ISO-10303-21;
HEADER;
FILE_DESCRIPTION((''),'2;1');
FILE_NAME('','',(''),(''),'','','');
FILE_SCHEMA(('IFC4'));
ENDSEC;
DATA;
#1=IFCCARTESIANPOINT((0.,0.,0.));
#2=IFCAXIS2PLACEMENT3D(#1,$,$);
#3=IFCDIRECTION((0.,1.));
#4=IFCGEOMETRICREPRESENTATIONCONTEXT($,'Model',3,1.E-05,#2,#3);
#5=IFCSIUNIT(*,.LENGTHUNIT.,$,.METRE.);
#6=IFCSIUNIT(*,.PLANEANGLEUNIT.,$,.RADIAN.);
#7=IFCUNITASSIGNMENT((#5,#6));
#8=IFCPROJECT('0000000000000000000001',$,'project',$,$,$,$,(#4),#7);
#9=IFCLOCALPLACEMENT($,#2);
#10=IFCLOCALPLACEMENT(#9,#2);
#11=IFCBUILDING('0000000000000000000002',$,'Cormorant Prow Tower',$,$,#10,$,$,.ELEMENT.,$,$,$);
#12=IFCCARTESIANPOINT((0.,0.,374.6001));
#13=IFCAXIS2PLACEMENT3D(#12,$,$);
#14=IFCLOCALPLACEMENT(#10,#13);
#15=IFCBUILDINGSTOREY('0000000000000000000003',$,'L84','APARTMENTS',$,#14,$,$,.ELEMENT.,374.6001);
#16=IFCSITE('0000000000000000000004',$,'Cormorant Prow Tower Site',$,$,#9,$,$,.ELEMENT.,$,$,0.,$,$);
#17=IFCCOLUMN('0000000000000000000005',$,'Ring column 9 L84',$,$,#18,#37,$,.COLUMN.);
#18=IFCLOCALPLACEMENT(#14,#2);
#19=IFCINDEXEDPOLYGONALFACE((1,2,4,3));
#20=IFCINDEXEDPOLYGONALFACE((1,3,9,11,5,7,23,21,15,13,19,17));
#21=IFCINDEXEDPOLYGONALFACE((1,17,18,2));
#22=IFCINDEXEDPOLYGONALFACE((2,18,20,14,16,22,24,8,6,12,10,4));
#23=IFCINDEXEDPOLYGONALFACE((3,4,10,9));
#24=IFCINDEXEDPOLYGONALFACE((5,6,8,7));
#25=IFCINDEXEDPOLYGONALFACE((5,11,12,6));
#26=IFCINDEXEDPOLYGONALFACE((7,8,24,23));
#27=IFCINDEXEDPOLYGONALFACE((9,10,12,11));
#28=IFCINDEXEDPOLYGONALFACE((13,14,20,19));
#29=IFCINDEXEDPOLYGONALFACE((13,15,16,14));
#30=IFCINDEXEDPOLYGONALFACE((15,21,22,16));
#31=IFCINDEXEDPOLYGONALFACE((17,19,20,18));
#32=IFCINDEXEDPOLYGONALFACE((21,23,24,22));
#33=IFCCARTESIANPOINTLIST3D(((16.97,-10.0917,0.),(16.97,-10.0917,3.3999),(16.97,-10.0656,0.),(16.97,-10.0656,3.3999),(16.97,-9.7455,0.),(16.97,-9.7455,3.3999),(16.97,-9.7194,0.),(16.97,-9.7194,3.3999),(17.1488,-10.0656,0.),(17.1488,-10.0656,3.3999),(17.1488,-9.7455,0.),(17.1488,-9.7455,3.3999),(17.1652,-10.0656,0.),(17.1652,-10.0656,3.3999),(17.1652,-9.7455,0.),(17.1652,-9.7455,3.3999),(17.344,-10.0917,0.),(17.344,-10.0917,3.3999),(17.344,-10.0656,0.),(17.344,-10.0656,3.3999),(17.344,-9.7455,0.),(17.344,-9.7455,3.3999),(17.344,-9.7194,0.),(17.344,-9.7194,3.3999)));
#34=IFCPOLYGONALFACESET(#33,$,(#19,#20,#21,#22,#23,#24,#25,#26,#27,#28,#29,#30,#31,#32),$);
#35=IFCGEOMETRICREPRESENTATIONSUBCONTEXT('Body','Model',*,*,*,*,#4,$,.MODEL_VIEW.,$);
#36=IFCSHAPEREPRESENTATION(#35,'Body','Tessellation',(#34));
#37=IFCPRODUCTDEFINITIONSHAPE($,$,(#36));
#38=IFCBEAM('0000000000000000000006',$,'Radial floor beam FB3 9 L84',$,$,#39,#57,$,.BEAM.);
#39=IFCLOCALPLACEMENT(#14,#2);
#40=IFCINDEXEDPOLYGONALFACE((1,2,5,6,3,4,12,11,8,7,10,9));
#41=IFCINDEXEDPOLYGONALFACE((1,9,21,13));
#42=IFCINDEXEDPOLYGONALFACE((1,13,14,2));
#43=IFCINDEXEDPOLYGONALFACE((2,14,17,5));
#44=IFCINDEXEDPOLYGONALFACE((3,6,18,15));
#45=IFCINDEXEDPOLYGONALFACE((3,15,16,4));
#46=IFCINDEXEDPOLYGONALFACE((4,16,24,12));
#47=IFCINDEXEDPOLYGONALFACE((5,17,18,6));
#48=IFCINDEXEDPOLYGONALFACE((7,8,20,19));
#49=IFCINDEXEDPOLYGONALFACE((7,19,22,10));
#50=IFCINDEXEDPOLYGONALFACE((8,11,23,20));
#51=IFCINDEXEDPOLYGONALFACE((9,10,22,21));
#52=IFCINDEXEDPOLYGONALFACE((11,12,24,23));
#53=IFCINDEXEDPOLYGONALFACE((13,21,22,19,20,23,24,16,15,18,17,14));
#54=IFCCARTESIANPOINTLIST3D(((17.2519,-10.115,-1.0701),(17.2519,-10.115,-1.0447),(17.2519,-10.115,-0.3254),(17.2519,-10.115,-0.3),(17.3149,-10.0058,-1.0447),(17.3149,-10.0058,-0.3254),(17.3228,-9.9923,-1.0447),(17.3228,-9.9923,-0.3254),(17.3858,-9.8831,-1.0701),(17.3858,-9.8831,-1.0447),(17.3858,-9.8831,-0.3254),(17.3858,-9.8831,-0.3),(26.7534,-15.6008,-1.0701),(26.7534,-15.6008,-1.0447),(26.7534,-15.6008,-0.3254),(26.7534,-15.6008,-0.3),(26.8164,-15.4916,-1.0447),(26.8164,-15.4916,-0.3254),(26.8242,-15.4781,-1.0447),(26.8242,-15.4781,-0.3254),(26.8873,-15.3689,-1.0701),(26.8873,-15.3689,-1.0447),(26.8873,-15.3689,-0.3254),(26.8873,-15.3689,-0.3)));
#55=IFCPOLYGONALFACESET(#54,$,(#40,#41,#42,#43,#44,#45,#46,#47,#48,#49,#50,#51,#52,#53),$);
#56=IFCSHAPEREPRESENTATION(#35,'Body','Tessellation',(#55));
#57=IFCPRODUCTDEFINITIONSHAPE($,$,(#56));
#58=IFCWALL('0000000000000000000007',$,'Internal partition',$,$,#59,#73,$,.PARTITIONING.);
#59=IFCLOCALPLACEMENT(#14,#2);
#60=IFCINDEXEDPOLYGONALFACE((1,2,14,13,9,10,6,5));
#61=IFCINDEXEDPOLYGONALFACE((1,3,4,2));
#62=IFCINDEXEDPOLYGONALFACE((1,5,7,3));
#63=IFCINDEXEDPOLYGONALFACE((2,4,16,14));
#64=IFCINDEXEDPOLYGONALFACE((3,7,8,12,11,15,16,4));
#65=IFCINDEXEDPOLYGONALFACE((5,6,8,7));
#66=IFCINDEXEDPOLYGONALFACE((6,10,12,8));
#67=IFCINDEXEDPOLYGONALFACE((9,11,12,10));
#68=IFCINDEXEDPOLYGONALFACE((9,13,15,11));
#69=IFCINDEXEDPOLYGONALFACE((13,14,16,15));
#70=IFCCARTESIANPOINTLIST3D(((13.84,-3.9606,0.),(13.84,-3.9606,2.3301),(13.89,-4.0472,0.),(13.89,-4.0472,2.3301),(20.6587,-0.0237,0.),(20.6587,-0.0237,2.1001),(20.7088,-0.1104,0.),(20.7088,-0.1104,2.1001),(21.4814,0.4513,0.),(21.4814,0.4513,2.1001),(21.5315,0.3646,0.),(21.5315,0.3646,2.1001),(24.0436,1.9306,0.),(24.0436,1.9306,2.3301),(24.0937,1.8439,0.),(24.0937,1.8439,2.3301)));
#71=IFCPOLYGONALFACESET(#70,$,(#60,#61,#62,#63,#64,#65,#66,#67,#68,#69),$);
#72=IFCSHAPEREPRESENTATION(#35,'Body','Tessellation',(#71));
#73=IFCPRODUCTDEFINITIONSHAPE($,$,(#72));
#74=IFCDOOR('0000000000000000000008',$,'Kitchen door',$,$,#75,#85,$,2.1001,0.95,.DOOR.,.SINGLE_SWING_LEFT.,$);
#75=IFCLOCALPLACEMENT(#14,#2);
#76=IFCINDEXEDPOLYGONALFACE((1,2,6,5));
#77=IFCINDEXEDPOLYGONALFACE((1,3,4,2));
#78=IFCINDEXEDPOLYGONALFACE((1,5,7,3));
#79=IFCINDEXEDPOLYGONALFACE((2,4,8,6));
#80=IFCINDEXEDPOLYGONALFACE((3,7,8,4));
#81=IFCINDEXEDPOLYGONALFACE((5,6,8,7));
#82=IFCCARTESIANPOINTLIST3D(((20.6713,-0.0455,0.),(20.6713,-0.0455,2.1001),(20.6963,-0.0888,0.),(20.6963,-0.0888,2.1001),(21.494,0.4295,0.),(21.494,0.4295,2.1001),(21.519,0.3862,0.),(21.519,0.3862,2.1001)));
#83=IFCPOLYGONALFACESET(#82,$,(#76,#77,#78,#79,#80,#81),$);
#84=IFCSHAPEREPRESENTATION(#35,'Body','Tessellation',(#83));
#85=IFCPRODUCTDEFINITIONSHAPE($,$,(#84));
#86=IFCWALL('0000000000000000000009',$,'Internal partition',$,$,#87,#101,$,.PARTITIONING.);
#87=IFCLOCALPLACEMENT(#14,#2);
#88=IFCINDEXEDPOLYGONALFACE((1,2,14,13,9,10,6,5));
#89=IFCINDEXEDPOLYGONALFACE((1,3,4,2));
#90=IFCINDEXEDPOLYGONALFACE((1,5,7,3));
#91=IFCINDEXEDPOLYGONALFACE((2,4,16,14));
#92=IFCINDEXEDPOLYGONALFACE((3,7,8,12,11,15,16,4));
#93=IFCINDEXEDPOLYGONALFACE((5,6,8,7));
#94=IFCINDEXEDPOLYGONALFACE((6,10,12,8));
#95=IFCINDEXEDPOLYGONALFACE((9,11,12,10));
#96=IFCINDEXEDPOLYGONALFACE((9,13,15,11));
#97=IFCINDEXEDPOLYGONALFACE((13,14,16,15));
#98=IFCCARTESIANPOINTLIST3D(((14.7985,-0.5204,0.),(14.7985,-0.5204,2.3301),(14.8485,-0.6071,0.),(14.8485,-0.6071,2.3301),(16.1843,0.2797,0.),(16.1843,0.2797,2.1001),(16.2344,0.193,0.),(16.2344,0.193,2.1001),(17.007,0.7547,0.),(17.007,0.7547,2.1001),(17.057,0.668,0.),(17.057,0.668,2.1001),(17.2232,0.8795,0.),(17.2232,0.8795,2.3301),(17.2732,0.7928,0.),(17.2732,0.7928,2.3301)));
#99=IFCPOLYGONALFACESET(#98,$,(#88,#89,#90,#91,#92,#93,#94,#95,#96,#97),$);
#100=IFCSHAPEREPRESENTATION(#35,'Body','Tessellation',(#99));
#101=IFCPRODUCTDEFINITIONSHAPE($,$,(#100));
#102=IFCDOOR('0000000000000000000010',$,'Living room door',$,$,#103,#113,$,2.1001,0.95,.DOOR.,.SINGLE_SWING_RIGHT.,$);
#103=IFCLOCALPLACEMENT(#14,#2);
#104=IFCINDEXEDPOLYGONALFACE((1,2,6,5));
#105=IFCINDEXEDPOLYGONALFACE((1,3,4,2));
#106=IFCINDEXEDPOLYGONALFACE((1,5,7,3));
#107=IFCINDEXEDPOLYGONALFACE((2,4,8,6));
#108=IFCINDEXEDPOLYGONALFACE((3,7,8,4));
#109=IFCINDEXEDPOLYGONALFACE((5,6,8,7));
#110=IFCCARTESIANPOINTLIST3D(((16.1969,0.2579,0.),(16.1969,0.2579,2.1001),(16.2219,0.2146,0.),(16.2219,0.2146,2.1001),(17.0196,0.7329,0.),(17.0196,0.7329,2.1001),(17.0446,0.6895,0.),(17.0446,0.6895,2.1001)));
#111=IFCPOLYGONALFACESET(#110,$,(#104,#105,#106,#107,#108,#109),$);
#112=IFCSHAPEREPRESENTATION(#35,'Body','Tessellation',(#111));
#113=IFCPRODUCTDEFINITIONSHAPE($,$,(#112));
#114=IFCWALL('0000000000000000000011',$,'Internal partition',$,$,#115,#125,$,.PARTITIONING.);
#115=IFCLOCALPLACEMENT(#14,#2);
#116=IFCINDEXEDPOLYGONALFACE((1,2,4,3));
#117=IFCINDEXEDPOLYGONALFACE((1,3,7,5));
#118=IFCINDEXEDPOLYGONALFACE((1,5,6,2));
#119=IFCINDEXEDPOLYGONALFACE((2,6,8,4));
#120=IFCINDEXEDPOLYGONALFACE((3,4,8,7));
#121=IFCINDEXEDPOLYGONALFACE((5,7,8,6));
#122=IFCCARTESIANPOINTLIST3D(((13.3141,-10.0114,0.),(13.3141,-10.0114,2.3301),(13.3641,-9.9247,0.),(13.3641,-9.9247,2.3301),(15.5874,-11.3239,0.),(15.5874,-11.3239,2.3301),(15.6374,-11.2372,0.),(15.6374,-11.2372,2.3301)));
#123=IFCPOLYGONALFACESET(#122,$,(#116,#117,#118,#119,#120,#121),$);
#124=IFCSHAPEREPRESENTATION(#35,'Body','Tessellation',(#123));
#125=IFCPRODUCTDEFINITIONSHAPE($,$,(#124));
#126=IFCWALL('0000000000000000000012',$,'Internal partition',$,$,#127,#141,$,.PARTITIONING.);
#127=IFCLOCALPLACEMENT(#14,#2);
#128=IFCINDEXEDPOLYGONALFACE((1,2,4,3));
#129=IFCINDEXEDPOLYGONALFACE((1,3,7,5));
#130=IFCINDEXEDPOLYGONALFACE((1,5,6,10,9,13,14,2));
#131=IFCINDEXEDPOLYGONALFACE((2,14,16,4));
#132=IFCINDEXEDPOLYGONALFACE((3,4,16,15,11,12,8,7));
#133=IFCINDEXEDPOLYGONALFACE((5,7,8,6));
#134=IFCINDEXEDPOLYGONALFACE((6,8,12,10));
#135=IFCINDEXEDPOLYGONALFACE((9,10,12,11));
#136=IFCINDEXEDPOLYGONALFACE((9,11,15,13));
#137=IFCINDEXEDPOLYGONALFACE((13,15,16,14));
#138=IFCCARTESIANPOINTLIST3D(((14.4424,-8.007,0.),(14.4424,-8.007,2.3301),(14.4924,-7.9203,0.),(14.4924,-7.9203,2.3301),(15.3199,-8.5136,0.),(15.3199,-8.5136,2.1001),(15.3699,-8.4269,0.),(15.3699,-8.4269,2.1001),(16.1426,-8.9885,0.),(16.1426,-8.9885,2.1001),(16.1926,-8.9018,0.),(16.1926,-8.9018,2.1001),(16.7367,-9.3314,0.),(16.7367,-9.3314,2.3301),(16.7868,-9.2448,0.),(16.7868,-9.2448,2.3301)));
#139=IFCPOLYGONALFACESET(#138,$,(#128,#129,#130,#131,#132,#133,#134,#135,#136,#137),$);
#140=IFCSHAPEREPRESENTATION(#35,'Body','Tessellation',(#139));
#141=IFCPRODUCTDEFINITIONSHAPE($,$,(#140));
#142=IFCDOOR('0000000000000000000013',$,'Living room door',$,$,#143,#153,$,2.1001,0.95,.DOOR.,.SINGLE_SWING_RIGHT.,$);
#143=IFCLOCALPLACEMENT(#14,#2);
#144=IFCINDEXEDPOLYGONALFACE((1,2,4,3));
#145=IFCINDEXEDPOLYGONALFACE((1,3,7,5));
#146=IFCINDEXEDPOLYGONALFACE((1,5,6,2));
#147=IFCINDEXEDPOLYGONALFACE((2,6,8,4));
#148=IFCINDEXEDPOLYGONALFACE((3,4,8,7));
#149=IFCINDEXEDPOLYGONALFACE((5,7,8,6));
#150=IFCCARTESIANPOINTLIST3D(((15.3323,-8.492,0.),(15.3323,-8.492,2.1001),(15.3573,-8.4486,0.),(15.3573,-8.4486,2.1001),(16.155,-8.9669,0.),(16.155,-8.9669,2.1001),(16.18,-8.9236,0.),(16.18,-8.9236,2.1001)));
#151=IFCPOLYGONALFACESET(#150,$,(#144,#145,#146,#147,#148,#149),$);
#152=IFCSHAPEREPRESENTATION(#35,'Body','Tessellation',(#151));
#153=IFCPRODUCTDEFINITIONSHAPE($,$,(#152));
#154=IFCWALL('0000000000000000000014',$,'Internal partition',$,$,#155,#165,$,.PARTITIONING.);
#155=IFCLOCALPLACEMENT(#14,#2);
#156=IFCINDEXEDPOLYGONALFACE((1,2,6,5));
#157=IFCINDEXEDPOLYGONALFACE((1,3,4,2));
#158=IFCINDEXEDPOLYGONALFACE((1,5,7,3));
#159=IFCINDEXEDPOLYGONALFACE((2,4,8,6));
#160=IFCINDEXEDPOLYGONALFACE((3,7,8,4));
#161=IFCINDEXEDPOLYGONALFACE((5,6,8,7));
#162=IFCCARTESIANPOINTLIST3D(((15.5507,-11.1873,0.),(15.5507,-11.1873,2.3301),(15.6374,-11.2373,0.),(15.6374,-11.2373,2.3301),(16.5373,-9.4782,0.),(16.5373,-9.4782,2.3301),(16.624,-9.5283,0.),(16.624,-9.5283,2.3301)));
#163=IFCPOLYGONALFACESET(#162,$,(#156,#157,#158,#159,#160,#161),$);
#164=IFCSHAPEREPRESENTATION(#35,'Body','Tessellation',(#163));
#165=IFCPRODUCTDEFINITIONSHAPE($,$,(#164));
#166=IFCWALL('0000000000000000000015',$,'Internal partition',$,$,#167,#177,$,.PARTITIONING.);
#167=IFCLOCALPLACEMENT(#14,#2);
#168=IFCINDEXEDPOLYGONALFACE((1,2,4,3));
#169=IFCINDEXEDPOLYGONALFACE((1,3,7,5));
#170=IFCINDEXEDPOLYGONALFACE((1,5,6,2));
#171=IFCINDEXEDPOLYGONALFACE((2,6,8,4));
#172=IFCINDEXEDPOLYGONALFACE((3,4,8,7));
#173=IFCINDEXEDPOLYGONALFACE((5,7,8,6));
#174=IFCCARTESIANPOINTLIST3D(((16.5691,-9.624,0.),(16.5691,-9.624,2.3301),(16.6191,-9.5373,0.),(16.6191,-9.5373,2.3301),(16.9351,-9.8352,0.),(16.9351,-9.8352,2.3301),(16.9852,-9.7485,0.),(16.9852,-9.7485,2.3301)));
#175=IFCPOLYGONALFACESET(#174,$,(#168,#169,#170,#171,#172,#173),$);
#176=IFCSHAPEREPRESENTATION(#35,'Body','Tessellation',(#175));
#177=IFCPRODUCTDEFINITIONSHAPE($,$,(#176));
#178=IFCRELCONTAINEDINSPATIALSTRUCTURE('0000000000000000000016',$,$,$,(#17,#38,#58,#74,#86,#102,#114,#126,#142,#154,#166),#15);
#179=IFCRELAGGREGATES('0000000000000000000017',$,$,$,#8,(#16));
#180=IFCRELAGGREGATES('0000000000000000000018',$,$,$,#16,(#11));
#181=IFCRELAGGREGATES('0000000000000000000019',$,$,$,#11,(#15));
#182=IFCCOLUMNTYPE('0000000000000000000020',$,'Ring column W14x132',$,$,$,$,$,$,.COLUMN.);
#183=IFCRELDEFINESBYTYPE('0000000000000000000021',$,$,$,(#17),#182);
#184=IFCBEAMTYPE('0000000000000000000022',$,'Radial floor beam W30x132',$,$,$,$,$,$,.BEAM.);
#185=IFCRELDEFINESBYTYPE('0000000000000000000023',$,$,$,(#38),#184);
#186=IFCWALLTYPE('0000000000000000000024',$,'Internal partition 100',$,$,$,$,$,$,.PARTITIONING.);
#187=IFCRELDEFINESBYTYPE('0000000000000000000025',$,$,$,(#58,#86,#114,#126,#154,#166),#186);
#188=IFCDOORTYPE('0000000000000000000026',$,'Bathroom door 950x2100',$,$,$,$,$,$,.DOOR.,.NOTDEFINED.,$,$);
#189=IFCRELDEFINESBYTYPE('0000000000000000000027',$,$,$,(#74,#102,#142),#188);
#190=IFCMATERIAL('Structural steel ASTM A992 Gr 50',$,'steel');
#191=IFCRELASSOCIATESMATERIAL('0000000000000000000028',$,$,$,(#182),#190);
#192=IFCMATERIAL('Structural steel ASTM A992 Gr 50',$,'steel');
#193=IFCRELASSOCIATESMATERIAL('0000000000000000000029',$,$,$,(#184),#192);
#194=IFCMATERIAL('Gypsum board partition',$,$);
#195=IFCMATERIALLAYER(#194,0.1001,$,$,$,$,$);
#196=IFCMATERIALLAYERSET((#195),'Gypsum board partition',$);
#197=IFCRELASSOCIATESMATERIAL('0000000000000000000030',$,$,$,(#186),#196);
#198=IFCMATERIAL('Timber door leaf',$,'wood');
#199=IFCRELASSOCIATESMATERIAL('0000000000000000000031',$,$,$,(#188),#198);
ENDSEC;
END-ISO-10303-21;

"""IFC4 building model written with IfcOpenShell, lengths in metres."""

from ifc_helpers import new_model, si_unit, direction, frame, frame_2d, origin, origin_2d, place, context, subcontext, project, spatial, rectangle, i_section, extrude, material, layer, layer_set, material_profile, profile_set, type_object, element, fill, save


model = new_model("IFC4")

# Units and contexts
model_context = context("Model", 3, precision=1e-05, world=origin(), true_north=direction((0.0, 1.0)))
body_context = subcontext(model_context, "Body", "Model", "MODEL_VIEW")
ifc_project = project(units=[si_unit("LENGTHUNIT", "METRE"), si_unit("PLANEANGLEUNIT", "RADIAN")], contexts=[model_context])

# Site, building, storey
site_placement = place(None, origin())
site = spatial("IfcSite", under=ifc_project, at=site_placement, Name="Cormorant Prow Tower Site", CompositionType="ELEMENT", RefElevation=0.0)
building_placement = place(site_placement, origin())
building = spatial("IfcBuilding", under=site, at=building_placement, Name="Cormorant Prow Tower", CompositionType="ELEMENT")
storey_placement = place(building_placement, frame((0.0, 0.0, 374.6001)))
storey = spatial("IfcBuildingStorey", under=building, at=storey_placement, Name="L84", Description="APARTMENTS", CompositionType="ELEMENT", Elevation=374.6001)

# Column
ifc_material_1 = material(Name="Structural steel ASTM A992 Gr 50", Category="steel")
ifc_material_profile_1 = material_profile(ifc_material_1, i_section(OverallWidth=0.374, OverallDepth=0.3723, WebThickness=0.0164, FlangeThickness=0.0261, at=origin_2d()), Name="W14x132")
ifc_profile_set_1 = profile_set([ifc_material_profile_1], Name="Structural steel ASTM A992 Gr 50")
column_type = type_object("IfcColumnType", Name="Ring column W14x132", PredefinedType="COLUMN", material=ifc_profile_set_1)
column_placement = place(storey_placement, frame((17.157, -9.9055, 0.0), z_axis=(0.0, 0.0, 1.0), x_axis=(1.0, 0.0, 0.0)))
element("IfcColumn", 1, at=column_placement, inside=storey, type_object=column_type, Name="Ring column 9 L84", PredefinedType="COLUMN", context=body_context, shape_type="SweptSolid", body=[
    extrude(i_section(OverallWidth=0.374, OverallDepth=0.3723, WebThickness=0.0164, FlangeThickness=0.0261, at=origin_2d()), origin(), (0.0, 0.0, 1.0), 3.3999),
])

# Beam
ifc_material_2 = material(Name="Structural steel ASTM A992 Gr 50", Category="steel")
ifc_material_profile_2 = material_profile(ifc_material_2, i_section(OverallWidth=0.2678, OverallDepth=0.77, WebThickness=0.0156, FlangeThickness=0.0254, at=origin_2d()), Name="W30x132")
ifc_profile_set_2 = profile_set([ifc_material_profile_2], Name="Structural steel ASTM A992 Gr 50")
beam_type = type_object("IfcBeamType", Name="Radial floor beam W30x132", PredefinedType="BEAM", material=ifc_profile_set_2)
beam_placement = place(storey_placement, frame((17.3188, -9.999, -0.6851), z_axis=(0.866019, -0.500011, 0.0), x_axis=(0.500011, 0.866019, 0.0)))
element("IfcBeam", 2, at=beam_placement, inside=storey, type_object=beam_type, Name="Radial floor beam FB3 9 L84", PredefinedType="BEAM", context=body_context, shape_type="SweptSolid", body=[
    extrude(i_section(OverallWidth=0.2678, OverallDepth=0.77, WebThickness=0.0156, FlangeThickness=0.0254, at=origin_2d()), origin(), (0.0, 0.0, 1.0), 10.9714),
])

# Walls, openings, doors
ifc_material_3 = material(Name="Gypsum board partition")
ifc_layer_1 = layer(ifc_material_3, 0.1001)
ifc_layer_set_1 = layer_set([ifc_layer_1], Name="Gypsum board partition")
wall_type_1 = type_object("IfcWallType", Name="Internal partition 100", PredefinedType="PARTITIONING", material=ifc_layer_set_1)
wall_1_placement = place(storey_placement, frame((13.865, -4.0039, 0.0), z_axis=(0.0, 0.0, 1.0), x_axis=(0.866023, 0.500003, 0.0)))
wall_1 = element("IfcWall", 3, at=wall_1_placement, inside=storey, type_object=wall_type_1, Name="Internal partition", PredefinedType="PARTITIONING", context=body_context, shape_type="SweptSolid", body=[
    extrude(rectangle(XDim=11.7822, YDim=0.1001, at=frame_2d((5.8911, 0.0))), origin(), (0.0, 0.0, 1.0), 2.3301),
])
opening_1_placement = place(wall_1_placement, frame((7.8735, 0.0, 0.0)))
opening_1 = element("IfcOpeningElement", 4, at=opening_1_placement, cuts=wall_1, PredefinedType="OPENING", context=body_context, shape_type="SweptSolid", body=[
    extrude(rectangle(XDim=0.95, YDim=2.1001, at=frame_2d((0.4751, 1.05))), frame((0.0, 0.0601, 0.0), z_axis=(0.0, -1.0, 0.0), x_axis=(1.0, 0.0, 0.0)), (0.0, 0.0, 1.0), 0.1201),
])
ifc_material_4 = material(Name="Timber door leaf", Category="wood")
door_type = type_object("IfcDoorType", Name="Bathroom door 950x2100", OperationType="NOTDEFINED", PredefinedType="DOOR", material=ifc_material_4)
door_1_placement = place(opening_1_placement, origin())
door_1 = element("IfcDoor", 5, at=door_1_placement, inside=storey, type_object=door_type, Name="Kitchen door", OperationType="SINGLE_SWING_LEFT", OverallHeight=2.1001, OverallWidth=0.95, PredefinedType="DOOR", context=body_context, shape_type="SweptSolid", body=[
    extrude(rectangle(XDim=0.95, YDim=2.1001, at=frame_2d((0.4751, 1.05))), frame((0.0, 0.0249, 0.0), z_axis=(0.0, -1.0, 0.0), x_axis=(1.0, 0.0, 0.0)), (0.0, 0.0, 1.0), 0.05),
])
fill(opening_1, door_1)
wall_2_placement = place(storey_placement, frame((14.8235, -0.5637, 0.0), z_axis=(0.0, 0.0, 1.0), x_axis=(0.866035, 0.499984, 0.0)))
wall_2 = element("IfcWall", 6, at=wall_2_placement, inside=storey, type_object=wall_type_1, Name="Internal partition", PredefinedType="PARTITIONING", context=body_context, shape_type="SweptSolid", body=[
    extrude(rectangle(XDim=2.7998, YDim=0.1001, at=frame_2d((1.3999, 0.0))), origin(), (0.0, 0.0, 1.0), 2.3301),
])
opening_2_placement = place(wall_2_placement, frame((1.6001, 0.0, 0.0)))
opening_2 = element("IfcOpeningElement", 7, at=opening_2_placement, cuts=wall_2, PredefinedType="OPENING", context=body_context, shape_type="SweptSolid", body=[
    extrude(rectangle(XDim=0.95, YDim=2.1001, at=frame_2d((0.4751, 1.05))), frame((0.0, 0.0601, 0.0), z_axis=(0.0, -1.0, 0.0), x_axis=(1.0, 0.0, 0.0)), (0.0, 0.0, 1.0), 0.1201),
])
door_2_placement = place(opening_2_placement, origin())
door_2 = element("IfcDoor", 8, at=door_2_placement, inside=storey, type_object=door_type, Name="Living room door", OperationType="SINGLE_SWING_RIGHT", OverallHeight=2.1001, OverallWidth=0.95, PredefinedType="DOOR", context=body_context, shape_type="SweptSolid", body=[
    extrude(rectangle(XDim=0.95, YDim=2.1001, at=frame_2d((0.4751, 1.05))), frame((0.0, 0.0249, 0.0), z_axis=(0.0, -1.0, 0.0), x_axis=(1.0, 0.0, 0.0)), (0.0, 0.0, 1.0), 0.05),
])
fill(opening_2, door_2)

# Wall
wall_3_placement = place(storey_placement, frame((13.3391, -9.968, 0.0), z_axis=(0.0, 0.0, 1.0), x_axis=(0.866014, -0.50002, 0.0)))
element("IfcWall", 9, at=wall_3_placement, inside=storey, type_object=wall_type_1, Name="Internal partition", PredefinedType="PARTITIONING", context=body_context, shape_type="SweptSolid", body=[
    extrude(rectangle(XDim=2.625, YDim=0.1001, at=frame_2d((1.3125, 0.0))), origin(), (0.0, 0.0, 1.0), 2.3301),
])

# Wall, opening, door
wall_4_placement = place(storey_placement, frame((14.4673, -7.9636, 0.0), z_axis=(0.0, 0.0, 1.0), x_axis=(0.866063, -0.499935, 0.0)))
wall_4 = element("IfcWall", 10, at=wall_4_placement, inside=storey, type_object=wall_type_1, Name="Internal partition", PredefinedType="PARTITIONING", context=body_context, shape_type="SweptSolid", body=[
    extrude(rectangle(XDim=2.6492, YDim=0.1001, at=frame_2d((1.3247, 0.0))), origin(), (0.0, 0.0, 1.0), 2.3301),
])
opening_3_placement = place(wall_4_placement, frame((1.0132, 0.0, 0.0)))
opening_3 = element("IfcOpeningElement", 11, at=opening_3_placement, cuts=wall_4, PredefinedType="OPENING", context=body_context, shape_type="SweptSolid", body=[
    extrude(rectangle(XDim=0.95, YDim=2.1001, at=frame_2d((0.4751, 1.05))), frame((0.0, 0.0601, 0.0), z_axis=(0.0, -1.0, 0.0), x_axis=(1.0, 0.0, 0.0)), (0.0, 0.0, 1.0), 0.1201),
])
door_3_placement = place(opening_3_placement, origin())
door_3 = element("IfcDoor", 12, at=door_3_placement, inside=storey, type_object=door_type, Name="Living room door", OperationType="SINGLE_SWING_RIGHT", OverallHeight=2.1001, OverallWidth=0.95, PredefinedType="DOOR", context=body_context, shape_type="SweptSolid", body=[
    extrude(rectangle(XDim=0.95, YDim=2.1001, at=frame_2d((0.4751, 1.05))), frame((0.0, 0.0249, 0.0), z_axis=(0.0, -1.0, 0.0), x_axis=(1.0, 0.0, 0.0)), (0.0, 0.0, 1.0), 0.05),
])
fill(opening_3, door_3)

# Walls
wall_5_placement = place(storey_placement, frame((15.594, -11.2124, 0.0), z_axis=(0.0, 0.0, 1.0), x_axis=(0.499958, 0.86605, 0.0)))
element("IfcWall", 13, at=wall_5_placement, inside=storey, type_object=wall_type_1, Name="Internal partition", PredefinedType="PARTITIONING", context=body_context, shape_type="SweptSolid", body=[
    extrude(rectangle(XDim=1.9734, YDim=0.1001, at=frame_2d((0.9868, 0.0))), origin(), (0.0, 0.0, 1.0), 2.3301),
])
wall_6_placement = place(storey_placement, frame((16.594, -9.5806, 0.0), z_axis=(0.0, 0.0, 1.0), x_axis=(0.866137, -0.499806, 0.0)))
element("IfcWall", 14, at=wall_6_placement, inside=storey, type_object=wall_type_1, Name="Internal partition", PredefinedType="PARTITIONING", context=body_context, shape_type="SweptSolid", body=[
    extrude(rectangle(XDim=0.4226, YDim=0.1001, at=frame_2d((0.2114, 0.0))), origin(), (0.0, 0.0, 1.0), 2.3301),
])

save(model, "model.ifc")
